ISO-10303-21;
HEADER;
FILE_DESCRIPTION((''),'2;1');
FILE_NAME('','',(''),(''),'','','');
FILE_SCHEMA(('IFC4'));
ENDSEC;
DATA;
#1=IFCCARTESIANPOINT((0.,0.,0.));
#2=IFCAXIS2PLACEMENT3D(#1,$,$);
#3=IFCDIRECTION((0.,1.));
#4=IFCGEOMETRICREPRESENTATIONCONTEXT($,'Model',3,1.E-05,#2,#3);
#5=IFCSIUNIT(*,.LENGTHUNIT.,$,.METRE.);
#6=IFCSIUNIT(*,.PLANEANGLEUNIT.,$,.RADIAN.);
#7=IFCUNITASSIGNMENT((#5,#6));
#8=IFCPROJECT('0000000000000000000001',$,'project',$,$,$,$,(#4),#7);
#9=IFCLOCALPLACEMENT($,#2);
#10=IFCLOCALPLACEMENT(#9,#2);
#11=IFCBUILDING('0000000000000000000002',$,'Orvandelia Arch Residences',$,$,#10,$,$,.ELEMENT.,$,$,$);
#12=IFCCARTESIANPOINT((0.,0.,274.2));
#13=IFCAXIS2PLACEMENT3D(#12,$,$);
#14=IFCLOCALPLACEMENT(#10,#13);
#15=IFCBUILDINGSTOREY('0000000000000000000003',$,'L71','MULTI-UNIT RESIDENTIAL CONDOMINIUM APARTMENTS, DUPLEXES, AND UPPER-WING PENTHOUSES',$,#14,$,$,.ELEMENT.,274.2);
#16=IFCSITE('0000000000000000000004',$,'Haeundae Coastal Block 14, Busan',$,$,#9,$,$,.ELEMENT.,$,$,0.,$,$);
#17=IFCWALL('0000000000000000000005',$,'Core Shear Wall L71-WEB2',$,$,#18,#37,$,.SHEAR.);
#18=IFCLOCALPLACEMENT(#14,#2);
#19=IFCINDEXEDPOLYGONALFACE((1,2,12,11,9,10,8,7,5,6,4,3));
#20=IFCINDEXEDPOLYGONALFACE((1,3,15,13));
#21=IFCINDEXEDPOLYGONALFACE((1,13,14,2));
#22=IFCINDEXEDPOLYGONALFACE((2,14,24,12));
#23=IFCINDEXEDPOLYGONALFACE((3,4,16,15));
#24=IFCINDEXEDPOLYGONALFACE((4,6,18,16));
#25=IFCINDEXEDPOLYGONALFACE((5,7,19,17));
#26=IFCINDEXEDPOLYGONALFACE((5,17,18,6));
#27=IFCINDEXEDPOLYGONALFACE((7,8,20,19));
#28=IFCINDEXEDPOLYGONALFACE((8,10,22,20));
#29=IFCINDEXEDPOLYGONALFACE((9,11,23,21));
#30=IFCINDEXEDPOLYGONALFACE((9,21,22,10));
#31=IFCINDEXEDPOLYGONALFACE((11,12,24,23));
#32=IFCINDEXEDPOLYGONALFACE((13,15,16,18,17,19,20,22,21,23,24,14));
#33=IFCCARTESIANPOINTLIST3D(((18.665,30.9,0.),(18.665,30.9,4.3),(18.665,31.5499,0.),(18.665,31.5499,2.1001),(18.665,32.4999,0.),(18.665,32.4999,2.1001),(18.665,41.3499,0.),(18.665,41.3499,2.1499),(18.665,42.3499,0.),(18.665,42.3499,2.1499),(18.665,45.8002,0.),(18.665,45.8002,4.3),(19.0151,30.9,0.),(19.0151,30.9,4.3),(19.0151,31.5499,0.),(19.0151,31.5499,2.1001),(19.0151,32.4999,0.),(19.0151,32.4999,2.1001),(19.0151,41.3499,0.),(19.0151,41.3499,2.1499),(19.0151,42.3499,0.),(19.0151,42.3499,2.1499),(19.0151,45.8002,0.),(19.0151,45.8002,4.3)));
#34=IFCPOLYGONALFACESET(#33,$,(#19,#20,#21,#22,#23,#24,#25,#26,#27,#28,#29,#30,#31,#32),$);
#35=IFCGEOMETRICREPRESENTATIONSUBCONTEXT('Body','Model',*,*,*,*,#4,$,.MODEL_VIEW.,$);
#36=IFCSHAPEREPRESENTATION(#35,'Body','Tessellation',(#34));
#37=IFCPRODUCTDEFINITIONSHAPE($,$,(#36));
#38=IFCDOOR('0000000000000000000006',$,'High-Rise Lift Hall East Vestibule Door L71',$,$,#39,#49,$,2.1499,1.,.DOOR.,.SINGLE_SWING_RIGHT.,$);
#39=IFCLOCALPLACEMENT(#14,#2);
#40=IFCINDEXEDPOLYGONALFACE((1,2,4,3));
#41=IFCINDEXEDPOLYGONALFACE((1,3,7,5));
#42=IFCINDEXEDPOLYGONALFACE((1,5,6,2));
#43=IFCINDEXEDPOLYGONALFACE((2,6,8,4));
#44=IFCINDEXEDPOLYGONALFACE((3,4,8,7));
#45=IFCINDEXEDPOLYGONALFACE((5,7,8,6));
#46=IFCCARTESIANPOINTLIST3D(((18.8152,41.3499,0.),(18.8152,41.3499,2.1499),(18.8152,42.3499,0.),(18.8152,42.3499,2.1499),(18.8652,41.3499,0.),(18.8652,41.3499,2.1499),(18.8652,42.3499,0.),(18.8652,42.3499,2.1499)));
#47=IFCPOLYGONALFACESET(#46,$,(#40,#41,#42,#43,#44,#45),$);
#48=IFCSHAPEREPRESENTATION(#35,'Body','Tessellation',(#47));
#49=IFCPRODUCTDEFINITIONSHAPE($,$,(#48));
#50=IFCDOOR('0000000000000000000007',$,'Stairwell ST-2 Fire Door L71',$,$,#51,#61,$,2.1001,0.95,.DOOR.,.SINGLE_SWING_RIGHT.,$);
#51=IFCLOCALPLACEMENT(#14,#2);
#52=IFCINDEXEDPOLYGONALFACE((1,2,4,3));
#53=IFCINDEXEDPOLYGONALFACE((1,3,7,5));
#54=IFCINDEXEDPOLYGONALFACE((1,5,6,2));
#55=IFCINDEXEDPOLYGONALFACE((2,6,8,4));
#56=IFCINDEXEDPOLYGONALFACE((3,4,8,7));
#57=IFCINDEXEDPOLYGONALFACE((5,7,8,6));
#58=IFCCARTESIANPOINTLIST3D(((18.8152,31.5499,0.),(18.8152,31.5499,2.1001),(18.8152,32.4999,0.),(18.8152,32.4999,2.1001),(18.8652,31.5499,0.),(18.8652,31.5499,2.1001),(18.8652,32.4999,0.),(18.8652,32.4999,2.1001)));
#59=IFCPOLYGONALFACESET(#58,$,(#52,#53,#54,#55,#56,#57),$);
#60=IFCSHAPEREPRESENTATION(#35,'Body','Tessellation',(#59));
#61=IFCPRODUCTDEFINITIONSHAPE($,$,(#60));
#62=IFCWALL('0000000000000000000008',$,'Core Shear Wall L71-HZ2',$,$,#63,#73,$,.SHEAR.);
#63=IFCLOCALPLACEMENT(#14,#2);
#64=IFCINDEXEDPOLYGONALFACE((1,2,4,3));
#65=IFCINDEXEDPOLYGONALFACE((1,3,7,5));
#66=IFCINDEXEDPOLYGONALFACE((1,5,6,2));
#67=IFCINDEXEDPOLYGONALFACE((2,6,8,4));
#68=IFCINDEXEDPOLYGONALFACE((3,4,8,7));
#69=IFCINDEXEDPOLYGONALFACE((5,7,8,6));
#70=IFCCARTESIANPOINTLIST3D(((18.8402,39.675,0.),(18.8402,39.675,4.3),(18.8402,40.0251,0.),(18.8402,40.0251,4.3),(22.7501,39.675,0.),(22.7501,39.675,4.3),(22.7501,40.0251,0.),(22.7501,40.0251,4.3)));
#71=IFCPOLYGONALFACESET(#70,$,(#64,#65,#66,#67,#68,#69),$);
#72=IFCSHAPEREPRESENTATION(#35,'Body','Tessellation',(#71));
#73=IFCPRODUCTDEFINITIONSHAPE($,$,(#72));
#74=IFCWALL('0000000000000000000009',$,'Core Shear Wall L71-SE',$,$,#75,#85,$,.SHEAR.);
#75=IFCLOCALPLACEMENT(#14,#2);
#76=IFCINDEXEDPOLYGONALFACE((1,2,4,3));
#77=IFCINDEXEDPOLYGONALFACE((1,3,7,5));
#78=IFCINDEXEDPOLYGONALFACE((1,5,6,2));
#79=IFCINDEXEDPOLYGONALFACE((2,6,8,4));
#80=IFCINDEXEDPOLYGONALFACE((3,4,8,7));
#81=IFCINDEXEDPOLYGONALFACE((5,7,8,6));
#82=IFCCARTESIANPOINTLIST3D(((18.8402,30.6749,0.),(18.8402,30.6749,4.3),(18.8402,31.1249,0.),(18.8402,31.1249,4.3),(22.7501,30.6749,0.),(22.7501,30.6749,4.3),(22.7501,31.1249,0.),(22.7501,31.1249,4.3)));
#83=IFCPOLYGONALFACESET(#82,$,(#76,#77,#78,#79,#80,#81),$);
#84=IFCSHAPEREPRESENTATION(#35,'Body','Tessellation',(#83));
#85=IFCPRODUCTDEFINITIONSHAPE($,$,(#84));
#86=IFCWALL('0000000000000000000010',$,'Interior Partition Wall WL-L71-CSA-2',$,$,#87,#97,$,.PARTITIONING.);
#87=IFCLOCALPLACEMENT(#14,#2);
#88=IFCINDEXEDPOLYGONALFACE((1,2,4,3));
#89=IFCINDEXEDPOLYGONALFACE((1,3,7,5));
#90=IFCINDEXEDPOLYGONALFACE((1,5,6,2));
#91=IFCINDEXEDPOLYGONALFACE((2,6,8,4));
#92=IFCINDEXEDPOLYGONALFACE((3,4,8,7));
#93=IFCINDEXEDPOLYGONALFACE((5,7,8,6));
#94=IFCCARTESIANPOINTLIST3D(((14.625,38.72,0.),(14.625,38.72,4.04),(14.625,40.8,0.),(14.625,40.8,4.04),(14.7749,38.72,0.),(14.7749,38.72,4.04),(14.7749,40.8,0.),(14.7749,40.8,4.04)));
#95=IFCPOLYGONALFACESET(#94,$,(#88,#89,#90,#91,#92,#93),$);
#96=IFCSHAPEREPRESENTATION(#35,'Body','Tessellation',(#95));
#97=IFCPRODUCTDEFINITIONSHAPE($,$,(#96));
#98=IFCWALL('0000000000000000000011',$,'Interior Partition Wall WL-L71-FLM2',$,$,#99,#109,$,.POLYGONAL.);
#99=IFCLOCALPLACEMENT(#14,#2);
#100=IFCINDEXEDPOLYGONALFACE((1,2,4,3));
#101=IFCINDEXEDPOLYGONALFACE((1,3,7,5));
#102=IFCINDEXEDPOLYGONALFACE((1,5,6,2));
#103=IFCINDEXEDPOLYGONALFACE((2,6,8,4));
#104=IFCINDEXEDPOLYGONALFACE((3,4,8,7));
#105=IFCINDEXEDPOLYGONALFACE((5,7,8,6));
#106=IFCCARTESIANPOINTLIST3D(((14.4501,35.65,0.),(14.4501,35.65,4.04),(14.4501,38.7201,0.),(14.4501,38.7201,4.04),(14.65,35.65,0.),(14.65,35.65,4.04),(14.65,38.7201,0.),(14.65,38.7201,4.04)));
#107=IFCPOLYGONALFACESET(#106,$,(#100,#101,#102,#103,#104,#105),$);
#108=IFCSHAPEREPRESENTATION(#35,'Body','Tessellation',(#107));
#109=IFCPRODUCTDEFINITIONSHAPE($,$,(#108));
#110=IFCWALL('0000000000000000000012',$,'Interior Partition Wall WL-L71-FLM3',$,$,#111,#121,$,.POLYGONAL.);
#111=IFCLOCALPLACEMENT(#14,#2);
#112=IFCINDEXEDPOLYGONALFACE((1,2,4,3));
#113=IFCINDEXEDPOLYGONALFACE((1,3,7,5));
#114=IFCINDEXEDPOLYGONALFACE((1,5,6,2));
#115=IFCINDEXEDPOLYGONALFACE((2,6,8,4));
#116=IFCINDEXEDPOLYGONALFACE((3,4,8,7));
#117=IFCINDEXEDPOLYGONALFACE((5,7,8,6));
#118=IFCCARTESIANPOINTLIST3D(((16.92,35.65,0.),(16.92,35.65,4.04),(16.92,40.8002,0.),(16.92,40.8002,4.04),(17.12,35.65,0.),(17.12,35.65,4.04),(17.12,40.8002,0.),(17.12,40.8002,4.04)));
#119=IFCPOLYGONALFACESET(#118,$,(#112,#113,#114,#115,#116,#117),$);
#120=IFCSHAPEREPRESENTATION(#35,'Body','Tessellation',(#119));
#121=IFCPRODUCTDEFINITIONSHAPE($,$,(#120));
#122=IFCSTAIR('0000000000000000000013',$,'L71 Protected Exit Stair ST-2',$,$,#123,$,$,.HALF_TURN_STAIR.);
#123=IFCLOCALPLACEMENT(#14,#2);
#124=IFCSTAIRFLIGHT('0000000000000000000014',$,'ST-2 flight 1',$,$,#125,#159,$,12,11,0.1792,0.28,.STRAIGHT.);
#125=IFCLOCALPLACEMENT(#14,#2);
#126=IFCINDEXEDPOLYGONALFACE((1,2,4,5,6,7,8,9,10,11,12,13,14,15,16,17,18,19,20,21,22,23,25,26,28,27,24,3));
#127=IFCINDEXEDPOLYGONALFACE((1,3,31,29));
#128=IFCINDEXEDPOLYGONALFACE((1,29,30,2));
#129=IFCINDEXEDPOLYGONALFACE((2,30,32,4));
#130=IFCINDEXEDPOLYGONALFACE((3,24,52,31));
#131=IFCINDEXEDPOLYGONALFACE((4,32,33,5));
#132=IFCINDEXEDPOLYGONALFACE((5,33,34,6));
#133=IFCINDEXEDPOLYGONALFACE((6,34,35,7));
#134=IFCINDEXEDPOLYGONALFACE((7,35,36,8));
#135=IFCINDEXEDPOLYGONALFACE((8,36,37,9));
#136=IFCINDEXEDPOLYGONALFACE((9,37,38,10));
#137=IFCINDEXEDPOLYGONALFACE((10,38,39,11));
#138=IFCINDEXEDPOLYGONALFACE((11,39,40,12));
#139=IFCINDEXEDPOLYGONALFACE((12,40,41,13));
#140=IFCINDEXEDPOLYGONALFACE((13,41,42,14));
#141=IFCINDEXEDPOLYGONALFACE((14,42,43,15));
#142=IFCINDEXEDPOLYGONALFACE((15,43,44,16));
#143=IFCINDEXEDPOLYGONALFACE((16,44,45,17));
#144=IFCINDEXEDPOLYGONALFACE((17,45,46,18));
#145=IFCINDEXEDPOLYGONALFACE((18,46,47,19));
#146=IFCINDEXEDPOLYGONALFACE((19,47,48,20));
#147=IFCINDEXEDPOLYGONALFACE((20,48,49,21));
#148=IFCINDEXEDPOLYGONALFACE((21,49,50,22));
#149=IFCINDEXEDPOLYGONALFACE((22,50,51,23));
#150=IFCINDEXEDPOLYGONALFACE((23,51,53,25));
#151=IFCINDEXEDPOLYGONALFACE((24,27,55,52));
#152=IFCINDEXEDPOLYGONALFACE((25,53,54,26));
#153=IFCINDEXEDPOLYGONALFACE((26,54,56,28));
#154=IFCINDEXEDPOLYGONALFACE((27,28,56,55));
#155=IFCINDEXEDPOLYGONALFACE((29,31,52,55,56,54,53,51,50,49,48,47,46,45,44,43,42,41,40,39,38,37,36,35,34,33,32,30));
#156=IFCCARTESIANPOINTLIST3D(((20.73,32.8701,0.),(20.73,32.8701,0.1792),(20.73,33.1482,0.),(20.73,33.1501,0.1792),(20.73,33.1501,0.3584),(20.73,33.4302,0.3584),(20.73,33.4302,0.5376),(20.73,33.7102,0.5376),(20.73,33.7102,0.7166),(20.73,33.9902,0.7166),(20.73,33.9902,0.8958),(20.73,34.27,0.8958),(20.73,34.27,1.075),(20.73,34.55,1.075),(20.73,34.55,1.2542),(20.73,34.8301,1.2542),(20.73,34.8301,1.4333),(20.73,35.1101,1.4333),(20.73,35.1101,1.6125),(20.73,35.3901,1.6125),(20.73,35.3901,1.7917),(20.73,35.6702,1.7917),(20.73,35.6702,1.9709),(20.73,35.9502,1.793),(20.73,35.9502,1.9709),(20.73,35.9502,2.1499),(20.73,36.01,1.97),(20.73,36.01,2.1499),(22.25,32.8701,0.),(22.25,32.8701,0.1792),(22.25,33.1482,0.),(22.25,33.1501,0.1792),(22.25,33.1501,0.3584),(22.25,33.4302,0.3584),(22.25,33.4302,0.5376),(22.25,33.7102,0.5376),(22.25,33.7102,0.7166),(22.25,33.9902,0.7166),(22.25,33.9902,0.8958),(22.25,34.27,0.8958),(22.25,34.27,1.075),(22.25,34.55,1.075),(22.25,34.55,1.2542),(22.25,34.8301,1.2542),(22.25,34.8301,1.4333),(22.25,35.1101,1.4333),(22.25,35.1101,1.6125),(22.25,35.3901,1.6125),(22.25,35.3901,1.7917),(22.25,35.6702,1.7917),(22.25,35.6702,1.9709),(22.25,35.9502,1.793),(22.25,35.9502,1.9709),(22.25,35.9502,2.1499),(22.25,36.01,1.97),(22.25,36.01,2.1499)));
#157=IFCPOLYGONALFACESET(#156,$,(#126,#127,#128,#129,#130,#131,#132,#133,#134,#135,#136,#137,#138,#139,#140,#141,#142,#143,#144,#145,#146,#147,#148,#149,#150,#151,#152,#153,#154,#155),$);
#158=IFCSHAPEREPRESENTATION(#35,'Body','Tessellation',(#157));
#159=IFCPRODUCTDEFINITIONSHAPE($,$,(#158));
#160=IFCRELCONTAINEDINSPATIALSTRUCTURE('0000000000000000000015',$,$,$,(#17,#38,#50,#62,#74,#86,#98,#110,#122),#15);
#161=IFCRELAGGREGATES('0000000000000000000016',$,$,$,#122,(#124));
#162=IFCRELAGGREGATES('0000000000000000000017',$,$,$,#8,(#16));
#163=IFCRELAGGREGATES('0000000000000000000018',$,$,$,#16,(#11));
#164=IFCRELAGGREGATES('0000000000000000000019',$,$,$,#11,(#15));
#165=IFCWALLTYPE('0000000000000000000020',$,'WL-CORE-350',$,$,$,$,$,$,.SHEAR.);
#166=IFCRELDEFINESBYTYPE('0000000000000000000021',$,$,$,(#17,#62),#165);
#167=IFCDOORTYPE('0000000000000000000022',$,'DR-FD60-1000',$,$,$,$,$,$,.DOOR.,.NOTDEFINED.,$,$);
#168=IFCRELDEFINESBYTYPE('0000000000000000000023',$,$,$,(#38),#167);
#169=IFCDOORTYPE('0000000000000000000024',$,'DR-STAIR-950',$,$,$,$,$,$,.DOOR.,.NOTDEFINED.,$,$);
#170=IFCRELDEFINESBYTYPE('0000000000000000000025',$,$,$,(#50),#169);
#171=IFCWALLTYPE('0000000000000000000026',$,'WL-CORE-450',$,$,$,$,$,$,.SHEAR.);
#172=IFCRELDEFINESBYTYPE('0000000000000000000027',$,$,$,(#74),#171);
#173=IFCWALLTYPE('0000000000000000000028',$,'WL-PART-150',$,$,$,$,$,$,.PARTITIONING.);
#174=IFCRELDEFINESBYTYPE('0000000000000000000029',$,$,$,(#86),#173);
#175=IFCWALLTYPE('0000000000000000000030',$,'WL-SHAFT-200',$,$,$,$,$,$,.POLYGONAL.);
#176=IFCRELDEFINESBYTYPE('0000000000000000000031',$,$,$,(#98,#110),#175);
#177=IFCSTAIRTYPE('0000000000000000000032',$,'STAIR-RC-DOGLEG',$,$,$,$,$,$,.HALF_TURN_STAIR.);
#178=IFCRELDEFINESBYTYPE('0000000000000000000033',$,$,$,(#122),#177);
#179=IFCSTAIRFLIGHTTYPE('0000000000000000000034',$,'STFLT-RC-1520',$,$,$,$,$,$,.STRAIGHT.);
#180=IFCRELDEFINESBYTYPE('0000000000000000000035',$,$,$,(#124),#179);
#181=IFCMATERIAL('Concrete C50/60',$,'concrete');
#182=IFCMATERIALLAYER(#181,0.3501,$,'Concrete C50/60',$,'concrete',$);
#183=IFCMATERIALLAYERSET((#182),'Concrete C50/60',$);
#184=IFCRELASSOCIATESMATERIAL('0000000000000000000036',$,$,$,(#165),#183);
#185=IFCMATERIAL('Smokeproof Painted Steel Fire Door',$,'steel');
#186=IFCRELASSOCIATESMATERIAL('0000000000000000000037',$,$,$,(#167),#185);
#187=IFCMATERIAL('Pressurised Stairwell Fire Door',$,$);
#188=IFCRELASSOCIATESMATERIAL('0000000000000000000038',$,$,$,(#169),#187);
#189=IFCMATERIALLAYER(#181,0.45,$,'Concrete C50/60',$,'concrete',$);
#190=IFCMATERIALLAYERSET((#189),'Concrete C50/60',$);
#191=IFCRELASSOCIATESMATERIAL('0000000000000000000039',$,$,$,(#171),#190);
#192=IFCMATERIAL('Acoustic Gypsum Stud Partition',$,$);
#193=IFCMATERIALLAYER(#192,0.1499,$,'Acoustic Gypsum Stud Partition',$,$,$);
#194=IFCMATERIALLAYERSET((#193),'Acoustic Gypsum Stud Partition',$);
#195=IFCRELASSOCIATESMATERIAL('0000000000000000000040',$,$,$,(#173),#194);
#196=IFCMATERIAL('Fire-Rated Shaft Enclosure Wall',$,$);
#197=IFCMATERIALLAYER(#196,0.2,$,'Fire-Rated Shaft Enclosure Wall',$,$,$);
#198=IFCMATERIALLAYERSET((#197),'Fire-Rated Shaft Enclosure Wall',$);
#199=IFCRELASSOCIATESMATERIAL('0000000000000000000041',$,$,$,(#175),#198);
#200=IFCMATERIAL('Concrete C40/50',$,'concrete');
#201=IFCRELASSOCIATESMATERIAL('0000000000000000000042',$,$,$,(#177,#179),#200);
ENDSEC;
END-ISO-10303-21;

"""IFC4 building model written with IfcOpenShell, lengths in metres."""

from ifc_helpers import new_model, si_unit, direction, frame, frame_2d, origin, place, context, subcontext, project, spatial, polyline, rectangle, outline, extrude, material, layer, layer_set, type_object, element, fill, aggregate, save


model = new_model("IFC4")

# Units and contexts
model_context = context("Model", 3, precision=1e-05, world=origin(), true_north=direction((0.0, 1.0)))
body_context = subcontext(model_context, "Body", "Model", "MODEL_VIEW")
ifc_project = project(units=[si_unit("LENGTHUNIT", "METRE"), si_unit("PLANEANGLEUNIT", "RADIAN")], contexts=[model_context])

# Site, building, storey
site_placement = place(None, origin())
site = spatial("IfcSite", under=ifc_project, at=site_placement, Name="Haeundae Coastal Block 14, Busan", CompositionType="ELEMENT", RefElevation=0.0)
building_placement = place(site_placement, origin())
building = spatial("IfcBuilding", under=site, at=building_placement, Name="Orvandelia Arch Residences", CompositionType="ELEMENT")
storey_placement = place(building_placement, frame((0.0, 0.0, 274.2)))
storey = spatial("IfcBuildingStorey", under=building, at=storey_placement, Name="L71", Description="MULTI-UNIT RESIDENTIAL CONDOMINIUM APARTMENTS, DUPLEXES, AND UPPER-WING PENTHOUSES", CompositionType="ELEMENT", Elevation=274.2)

# Shared definitions
ifc_material_1 = material(Name="Concrete C50/60", Category="concrete")

# Wall, openings, doors
ifc_layer_1 = layer(ifc_material_1, 0.3501, Name="Concrete C50/60", Category="concrete")
ifc_layer_set_1 = layer_set([ifc_layer_1], Name="Concrete C50/60")
wall_type_1 = type_object("IfcWallType", Name="WL-CORE-350", PredefinedType="SHEAR", material=ifc_layer_set_1)
wall_1_placement = place(storey_placement, frame((18.8401, 30.8999, 0.0), z_axis=(0.0, 0.0, 1.0), x_axis=(0.0, 1.0, 0.0)))
wall_1 = element("IfcWall", 1, at=wall_1_placement, inside=storey, type_object=wall_type_1, Name="Core Shear Wall L71-WEB2", PredefinedType="SHEAR", context=body_context, shape_type="SweptSolid", body=[
    extrude(rectangle(XDim=14.9001, YDim=0.3501, at=frame_2d((7.4502, 0.0))), origin(), (0.0, 0.0, 1.0), 4.3),
])
opening_1_placement = place(wall_1_placement, frame((0.6499, 0.0, 0.0)))
opening_1 = element("IfcOpeningElement", 2, at=opening_1_placement, cuts=wall_1, PredefinedType="OPENING", context=body_context, shape_type="SweptSolid", body=[
    extrude(rectangle(XDim=0.95, YDim=2.1001, at=frame_2d((0.4751, 1.05))), frame((0.0, 0.1851, 0.0), z_axis=(0.0, -1.0, 0.0), x_axis=(1.0, 0.0, 0.0)), (0.0, 0.0, 1.0), 0.3701),
])
opening_2_placement = place(wall_1_placement, frame((10.45, 0.0, 0.0)))
opening_2 = element("IfcOpeningElement", 3, at=opening_2_placement, cuts=wall_1, PredefinedType="OPENING", context=body_context, shape_type="SweptSolid", body=[
    extrude(rectangle(XDim=1.0, YDim=2.1499, at=frame_2d((0.5, 1.075))), frame((0.0, 0.1851, 0.0), z_axis=(0.0, -1.0, 0.0), x_axis=(1.0, 0.0, 0.0)), (0.0, 0.0, 1.0), 0.3701),
])
ifc_material_2 = material(Name="Smokeproof Painted Steel Fire Door", Category="steel")
door_type_1 = type_object("IfcDoorType", Name="DR-FD60-1000", OperationType="NOTDEFINED", PredefinedType="DOOR", material=ifc_material_2)
door_1_placement = place(opening_2_placement, origin())
door_1 = element("IfcDoor", 4, at=door_1_placement, inside=storey, type_object=door_type_1, Name="High-Rise Lift Hall East Vestibule Door L71", OperationType="SINGLE_SWING_RIGHT", OverallHeight=2.1499, OverallWidth=1.0, PredefinedType="DOOR", context=body_context, shape_type="SweptSolid", body=[
    extrude(rectangle(XDim=1.0, YDim=2.1499, at=frame_2d((0.5, 1.075))), frame((0.0, 0.0249, 0.0), z_axis=(0.0, -1.0, 0.0), x_axis=(1.0, 0.0, 0.0)), (0.0, 0.0, 1.0), 0.05),
])
fill(opening_2, door_1)
ifc_material_3 = material(Name="Pressurised Stairwell Fire Door")
door_type_2 = type_object("IfcDoorType", Name="DR-STAIR-950", OperationType="NOTDEFINED", PredefinedType="DOOR", material=ifc_material_3)
door_2_placement = place(opening_1_placement, origin())
door_2 = element("IfcDoor", 5, at=door_2_placement, inside=storey, type_object=door_type_2, Name="Stairwell ST-2 Fire Door L71", OperationType="SINGLE_SWING_RIGHT", OverallHeight=2.1001, OverallWidth=0.95, PredefinedType="DOOR", context=body_context, shape_type="SweptSolid", body=[
    extrude(rectangle(XDim=0.95, YDim=2.1001, at=frame_2d((0.4751, 1.05))), frame((0.0, 0.0249, 0.0), z_axis=(0.0, -1.0, 0.0), x_axis=(1.0, 0.0, 0.0)), (0.0, 0.0, 1.0), 0.05),
])
fill(opening_1, door_2)

# Walls
wall_2_placement = place(storey_placement, frame((18.8401, 39.8501, 0.0), z_axis=(0.0, 0.0, 1.0), x_axis=(1.0, 0.0, 0.0)))
element("IfcWall", 6, at=wall_2_placement, inside=storey, type_object=wall_type_1, Name="Core Shear Wall L71-HZ2", PredefinedType="SHEAR", context=body_context, shape_type="SweptSolid", body=[
    extrude(rectangle(XDim=3.9099, YDim=0.3501, at=frame_2d((1.9551, 0.0))), origin(), (0.0, 0.0, 1.0), 4.3),
])
ifc_layer_2 = layer(ifc_material_1, 0.45, Name="Concrete C50/60", Category="concrete")
ifc_layer_set_2 = layer_set([ifc_layer_2], Name="Concrete C50/60")
wall_type_2 = type_object("IfcWallType", Name="WL-CORE-450", PredefinedType="SHEAR", material=ifc_layer_set_2)
wall_3_placement = place(storey_placement, frame((18.8401, 30.8999, 0.0), z_axis=(0.0, 0.0, 1.0), x_axis=(1.0, 0.0, 0.0)))
element("IfcWall", 7, at=wall_3_placement, inside=storey, type_object=wall_type_2, Name="Core Shear Wall L71-SE", PredefinedType="SHEAR", context=body_context, shape_type="SweptSolid", body=[
    extrude(rectangle(XDim=3.9099, YDim=0.45, at=frame_2d((1.9551, 0.0))), origin(), (0.0, 0.0, 1.0), 4.3),
])
ifc_material_4 = material(Name="Acoustic Gypsum Stud Partition")
ifc_layer_3 = layer(ifc_material_4, 0.1499, Name="Acoustic Gypsum Stud Partition")
ifc_layer_set_3 = layer_set([ifc_layer_3], Name="Acoustic Gypsum Stud Partition")
wall_type_3 = type_object("IfcWallType", Name="WL-PART-150", PredefinedType="PARTITIONING", material=ifc_layer_set_3)
wall_4_placement = place(storey_placement, frame((14.7, 38.72, 0.0), z_axis=(0.0, 0.0, 1.0), x_axis=(0.0, 1.0, 0.0)))
element("IfcWall", 8, at=wall_4_placement, inside=storey, type_object=wall_type_3, Name="Interior Partition Wall WL-L71-CSA-2", PredefinedType="PARTITIONING", context=body_context, shape_type="SweptSolid", body=[
    extrude(rectangle(XDim=2.0801, YDim=0.1499, at=frame_2d((1.04, 0.0))), origin(), (0.0, 0.0, 1.0), 4.04),
])
ifc_material_5 = material(Name="Fire-Rated Shaft Enclosure Wall")
ifc_layer_4 = layer(ifc_material_5, 0.2, Name="Fire-Rated Shaft Enclosure Wall")
ifc_layer_set_4 = layer_set([ifc_layer_4], Name="Fire-Rated Shaft Enclosure Wall")
wall_type_4 = type_object("IfcWallType", Name="WL-SHAFT-200", PredefinedType="POLYGONAL", material=ifc_layer_set_4)
wall_5_placement = place(storey_placement, frame((14.55, 35.6499, 0.0), z_axis=(0.0, 0.0, 1.0), x_axis=(0.0, 1.0, 0.0)))
element("IfcWall", 9, at=wall_5_placement, inside=storey, type_object=wall_type_4, Name="Interior Partition Wall WL-L71-FLM2", PredefinedType="POLYGONAL", context=body_context, shape_type="SweptSolid", body=[
    extrude(rectangle(XDim=3.0701, YDim=0.2, at=frame_2d((1.5352, 0.0))), origin(), (0.0, 0.0, 1.0), 4.04),
])
wall_6_placement = place(storey_placement, frame((17.02, 35.6499, 0.0), z_axis=(0.0, 0.0, 1.0), x_axis=(0.0, 1.0, 0.0)))
element("IfcWall", 10, at=wall_6_placement, inside=storey, type_object=wall_type_4, Name="Interior Partition Wall WL-L71-FLM3", PredefinedType="POLYGONAL", context=body_context, shape_type="SweptSolid", body=[
    extrude(rectangle(XDim=5.1501, YDim=0.2, at=frame_2d((2.5752, 0.0))), origin(), (0.0, 0.0, 1.0), 4.04),
])

# Stair, stair flight
ifc_material_6 = material(Name="Concrete C40/50", Category="concrete")
stair_type = type_object("IfcStairType", Name="STAIR-RC-DOGLEG", PredefinedType="HALF_TURN_STAIR", material=ifc_material_6)
stair_placement = place(storey_placement, origin())
stair = element("IfcStair", 11, at=stair_placement, inside=storey, type_object=stair_type, Name="L71 Protected Exit Stair ST-2", PredefinedType="HALF_TURN_STAIR")
stair_flight_type = type_object("IfcStairFlightType", Name="STFLT-RC-1520", PredefinedType="STRAIGHT", material=ifc_material_6)
stair_flight_1_placement = place(storey_placement, frame((21.49, 32.8701, 0.0), z_axis=(0.0, 0.0, 1.0), x_axis=(0.0, 1.0, 0.0)))
stair_flight_1 = element("IfcStairFlight", 12, at=stair_flight_1_placement, type_object=stair_flight_type, Name="ST-2 flight 1", NumberOfRisers=12, NumberOfTreads=11, PredefinedType="STRAIGHT", RiserHeight=0.1792, TreadLength=0.28, context=body_context, shape_type="SweptSolid", body=[
    extrude(outline(polyline([(0.0, 0.0), (0.0, 0.1792), (0.28, 0.1792), (0.28, 0.3584), (0.5601, 0.3584), (0.5601, 0.5376), (0.8401, 0.5376), (0.8401, 0.7166), (1.1201, 0.7166), (1.1201, 0.8958), (1.3999, 0.8958), (1.3999, 1.075), (1.6799, 1.075), (1.6799, 1.2542), (1.96, 1.2542), (1.96, 1.4333), (2.24, 1.4333), (2.24, 1.6125), (2.52, 1.6125), (2.52, 1.7917), (2.8, 1.7917), (2.8, 1.9709), (3.0801, 1.9709), (3.0801, 2.1499), (3.1399, 2.1499), (3.1399, 1.97), (3.0801, 1.793), (0.2781, 0.0), (0.0, 0.0)])), frame((0.0, 0.76, 0.0), z_axis=(0.0, -1.0, 0.0), x_axis=(1.0, 0.0, 0.0)), (0.0, 0.0, 1.0), 1.52),
])
aggregate(stair, [stair_flight_1])

save(model, "model.ifc")
